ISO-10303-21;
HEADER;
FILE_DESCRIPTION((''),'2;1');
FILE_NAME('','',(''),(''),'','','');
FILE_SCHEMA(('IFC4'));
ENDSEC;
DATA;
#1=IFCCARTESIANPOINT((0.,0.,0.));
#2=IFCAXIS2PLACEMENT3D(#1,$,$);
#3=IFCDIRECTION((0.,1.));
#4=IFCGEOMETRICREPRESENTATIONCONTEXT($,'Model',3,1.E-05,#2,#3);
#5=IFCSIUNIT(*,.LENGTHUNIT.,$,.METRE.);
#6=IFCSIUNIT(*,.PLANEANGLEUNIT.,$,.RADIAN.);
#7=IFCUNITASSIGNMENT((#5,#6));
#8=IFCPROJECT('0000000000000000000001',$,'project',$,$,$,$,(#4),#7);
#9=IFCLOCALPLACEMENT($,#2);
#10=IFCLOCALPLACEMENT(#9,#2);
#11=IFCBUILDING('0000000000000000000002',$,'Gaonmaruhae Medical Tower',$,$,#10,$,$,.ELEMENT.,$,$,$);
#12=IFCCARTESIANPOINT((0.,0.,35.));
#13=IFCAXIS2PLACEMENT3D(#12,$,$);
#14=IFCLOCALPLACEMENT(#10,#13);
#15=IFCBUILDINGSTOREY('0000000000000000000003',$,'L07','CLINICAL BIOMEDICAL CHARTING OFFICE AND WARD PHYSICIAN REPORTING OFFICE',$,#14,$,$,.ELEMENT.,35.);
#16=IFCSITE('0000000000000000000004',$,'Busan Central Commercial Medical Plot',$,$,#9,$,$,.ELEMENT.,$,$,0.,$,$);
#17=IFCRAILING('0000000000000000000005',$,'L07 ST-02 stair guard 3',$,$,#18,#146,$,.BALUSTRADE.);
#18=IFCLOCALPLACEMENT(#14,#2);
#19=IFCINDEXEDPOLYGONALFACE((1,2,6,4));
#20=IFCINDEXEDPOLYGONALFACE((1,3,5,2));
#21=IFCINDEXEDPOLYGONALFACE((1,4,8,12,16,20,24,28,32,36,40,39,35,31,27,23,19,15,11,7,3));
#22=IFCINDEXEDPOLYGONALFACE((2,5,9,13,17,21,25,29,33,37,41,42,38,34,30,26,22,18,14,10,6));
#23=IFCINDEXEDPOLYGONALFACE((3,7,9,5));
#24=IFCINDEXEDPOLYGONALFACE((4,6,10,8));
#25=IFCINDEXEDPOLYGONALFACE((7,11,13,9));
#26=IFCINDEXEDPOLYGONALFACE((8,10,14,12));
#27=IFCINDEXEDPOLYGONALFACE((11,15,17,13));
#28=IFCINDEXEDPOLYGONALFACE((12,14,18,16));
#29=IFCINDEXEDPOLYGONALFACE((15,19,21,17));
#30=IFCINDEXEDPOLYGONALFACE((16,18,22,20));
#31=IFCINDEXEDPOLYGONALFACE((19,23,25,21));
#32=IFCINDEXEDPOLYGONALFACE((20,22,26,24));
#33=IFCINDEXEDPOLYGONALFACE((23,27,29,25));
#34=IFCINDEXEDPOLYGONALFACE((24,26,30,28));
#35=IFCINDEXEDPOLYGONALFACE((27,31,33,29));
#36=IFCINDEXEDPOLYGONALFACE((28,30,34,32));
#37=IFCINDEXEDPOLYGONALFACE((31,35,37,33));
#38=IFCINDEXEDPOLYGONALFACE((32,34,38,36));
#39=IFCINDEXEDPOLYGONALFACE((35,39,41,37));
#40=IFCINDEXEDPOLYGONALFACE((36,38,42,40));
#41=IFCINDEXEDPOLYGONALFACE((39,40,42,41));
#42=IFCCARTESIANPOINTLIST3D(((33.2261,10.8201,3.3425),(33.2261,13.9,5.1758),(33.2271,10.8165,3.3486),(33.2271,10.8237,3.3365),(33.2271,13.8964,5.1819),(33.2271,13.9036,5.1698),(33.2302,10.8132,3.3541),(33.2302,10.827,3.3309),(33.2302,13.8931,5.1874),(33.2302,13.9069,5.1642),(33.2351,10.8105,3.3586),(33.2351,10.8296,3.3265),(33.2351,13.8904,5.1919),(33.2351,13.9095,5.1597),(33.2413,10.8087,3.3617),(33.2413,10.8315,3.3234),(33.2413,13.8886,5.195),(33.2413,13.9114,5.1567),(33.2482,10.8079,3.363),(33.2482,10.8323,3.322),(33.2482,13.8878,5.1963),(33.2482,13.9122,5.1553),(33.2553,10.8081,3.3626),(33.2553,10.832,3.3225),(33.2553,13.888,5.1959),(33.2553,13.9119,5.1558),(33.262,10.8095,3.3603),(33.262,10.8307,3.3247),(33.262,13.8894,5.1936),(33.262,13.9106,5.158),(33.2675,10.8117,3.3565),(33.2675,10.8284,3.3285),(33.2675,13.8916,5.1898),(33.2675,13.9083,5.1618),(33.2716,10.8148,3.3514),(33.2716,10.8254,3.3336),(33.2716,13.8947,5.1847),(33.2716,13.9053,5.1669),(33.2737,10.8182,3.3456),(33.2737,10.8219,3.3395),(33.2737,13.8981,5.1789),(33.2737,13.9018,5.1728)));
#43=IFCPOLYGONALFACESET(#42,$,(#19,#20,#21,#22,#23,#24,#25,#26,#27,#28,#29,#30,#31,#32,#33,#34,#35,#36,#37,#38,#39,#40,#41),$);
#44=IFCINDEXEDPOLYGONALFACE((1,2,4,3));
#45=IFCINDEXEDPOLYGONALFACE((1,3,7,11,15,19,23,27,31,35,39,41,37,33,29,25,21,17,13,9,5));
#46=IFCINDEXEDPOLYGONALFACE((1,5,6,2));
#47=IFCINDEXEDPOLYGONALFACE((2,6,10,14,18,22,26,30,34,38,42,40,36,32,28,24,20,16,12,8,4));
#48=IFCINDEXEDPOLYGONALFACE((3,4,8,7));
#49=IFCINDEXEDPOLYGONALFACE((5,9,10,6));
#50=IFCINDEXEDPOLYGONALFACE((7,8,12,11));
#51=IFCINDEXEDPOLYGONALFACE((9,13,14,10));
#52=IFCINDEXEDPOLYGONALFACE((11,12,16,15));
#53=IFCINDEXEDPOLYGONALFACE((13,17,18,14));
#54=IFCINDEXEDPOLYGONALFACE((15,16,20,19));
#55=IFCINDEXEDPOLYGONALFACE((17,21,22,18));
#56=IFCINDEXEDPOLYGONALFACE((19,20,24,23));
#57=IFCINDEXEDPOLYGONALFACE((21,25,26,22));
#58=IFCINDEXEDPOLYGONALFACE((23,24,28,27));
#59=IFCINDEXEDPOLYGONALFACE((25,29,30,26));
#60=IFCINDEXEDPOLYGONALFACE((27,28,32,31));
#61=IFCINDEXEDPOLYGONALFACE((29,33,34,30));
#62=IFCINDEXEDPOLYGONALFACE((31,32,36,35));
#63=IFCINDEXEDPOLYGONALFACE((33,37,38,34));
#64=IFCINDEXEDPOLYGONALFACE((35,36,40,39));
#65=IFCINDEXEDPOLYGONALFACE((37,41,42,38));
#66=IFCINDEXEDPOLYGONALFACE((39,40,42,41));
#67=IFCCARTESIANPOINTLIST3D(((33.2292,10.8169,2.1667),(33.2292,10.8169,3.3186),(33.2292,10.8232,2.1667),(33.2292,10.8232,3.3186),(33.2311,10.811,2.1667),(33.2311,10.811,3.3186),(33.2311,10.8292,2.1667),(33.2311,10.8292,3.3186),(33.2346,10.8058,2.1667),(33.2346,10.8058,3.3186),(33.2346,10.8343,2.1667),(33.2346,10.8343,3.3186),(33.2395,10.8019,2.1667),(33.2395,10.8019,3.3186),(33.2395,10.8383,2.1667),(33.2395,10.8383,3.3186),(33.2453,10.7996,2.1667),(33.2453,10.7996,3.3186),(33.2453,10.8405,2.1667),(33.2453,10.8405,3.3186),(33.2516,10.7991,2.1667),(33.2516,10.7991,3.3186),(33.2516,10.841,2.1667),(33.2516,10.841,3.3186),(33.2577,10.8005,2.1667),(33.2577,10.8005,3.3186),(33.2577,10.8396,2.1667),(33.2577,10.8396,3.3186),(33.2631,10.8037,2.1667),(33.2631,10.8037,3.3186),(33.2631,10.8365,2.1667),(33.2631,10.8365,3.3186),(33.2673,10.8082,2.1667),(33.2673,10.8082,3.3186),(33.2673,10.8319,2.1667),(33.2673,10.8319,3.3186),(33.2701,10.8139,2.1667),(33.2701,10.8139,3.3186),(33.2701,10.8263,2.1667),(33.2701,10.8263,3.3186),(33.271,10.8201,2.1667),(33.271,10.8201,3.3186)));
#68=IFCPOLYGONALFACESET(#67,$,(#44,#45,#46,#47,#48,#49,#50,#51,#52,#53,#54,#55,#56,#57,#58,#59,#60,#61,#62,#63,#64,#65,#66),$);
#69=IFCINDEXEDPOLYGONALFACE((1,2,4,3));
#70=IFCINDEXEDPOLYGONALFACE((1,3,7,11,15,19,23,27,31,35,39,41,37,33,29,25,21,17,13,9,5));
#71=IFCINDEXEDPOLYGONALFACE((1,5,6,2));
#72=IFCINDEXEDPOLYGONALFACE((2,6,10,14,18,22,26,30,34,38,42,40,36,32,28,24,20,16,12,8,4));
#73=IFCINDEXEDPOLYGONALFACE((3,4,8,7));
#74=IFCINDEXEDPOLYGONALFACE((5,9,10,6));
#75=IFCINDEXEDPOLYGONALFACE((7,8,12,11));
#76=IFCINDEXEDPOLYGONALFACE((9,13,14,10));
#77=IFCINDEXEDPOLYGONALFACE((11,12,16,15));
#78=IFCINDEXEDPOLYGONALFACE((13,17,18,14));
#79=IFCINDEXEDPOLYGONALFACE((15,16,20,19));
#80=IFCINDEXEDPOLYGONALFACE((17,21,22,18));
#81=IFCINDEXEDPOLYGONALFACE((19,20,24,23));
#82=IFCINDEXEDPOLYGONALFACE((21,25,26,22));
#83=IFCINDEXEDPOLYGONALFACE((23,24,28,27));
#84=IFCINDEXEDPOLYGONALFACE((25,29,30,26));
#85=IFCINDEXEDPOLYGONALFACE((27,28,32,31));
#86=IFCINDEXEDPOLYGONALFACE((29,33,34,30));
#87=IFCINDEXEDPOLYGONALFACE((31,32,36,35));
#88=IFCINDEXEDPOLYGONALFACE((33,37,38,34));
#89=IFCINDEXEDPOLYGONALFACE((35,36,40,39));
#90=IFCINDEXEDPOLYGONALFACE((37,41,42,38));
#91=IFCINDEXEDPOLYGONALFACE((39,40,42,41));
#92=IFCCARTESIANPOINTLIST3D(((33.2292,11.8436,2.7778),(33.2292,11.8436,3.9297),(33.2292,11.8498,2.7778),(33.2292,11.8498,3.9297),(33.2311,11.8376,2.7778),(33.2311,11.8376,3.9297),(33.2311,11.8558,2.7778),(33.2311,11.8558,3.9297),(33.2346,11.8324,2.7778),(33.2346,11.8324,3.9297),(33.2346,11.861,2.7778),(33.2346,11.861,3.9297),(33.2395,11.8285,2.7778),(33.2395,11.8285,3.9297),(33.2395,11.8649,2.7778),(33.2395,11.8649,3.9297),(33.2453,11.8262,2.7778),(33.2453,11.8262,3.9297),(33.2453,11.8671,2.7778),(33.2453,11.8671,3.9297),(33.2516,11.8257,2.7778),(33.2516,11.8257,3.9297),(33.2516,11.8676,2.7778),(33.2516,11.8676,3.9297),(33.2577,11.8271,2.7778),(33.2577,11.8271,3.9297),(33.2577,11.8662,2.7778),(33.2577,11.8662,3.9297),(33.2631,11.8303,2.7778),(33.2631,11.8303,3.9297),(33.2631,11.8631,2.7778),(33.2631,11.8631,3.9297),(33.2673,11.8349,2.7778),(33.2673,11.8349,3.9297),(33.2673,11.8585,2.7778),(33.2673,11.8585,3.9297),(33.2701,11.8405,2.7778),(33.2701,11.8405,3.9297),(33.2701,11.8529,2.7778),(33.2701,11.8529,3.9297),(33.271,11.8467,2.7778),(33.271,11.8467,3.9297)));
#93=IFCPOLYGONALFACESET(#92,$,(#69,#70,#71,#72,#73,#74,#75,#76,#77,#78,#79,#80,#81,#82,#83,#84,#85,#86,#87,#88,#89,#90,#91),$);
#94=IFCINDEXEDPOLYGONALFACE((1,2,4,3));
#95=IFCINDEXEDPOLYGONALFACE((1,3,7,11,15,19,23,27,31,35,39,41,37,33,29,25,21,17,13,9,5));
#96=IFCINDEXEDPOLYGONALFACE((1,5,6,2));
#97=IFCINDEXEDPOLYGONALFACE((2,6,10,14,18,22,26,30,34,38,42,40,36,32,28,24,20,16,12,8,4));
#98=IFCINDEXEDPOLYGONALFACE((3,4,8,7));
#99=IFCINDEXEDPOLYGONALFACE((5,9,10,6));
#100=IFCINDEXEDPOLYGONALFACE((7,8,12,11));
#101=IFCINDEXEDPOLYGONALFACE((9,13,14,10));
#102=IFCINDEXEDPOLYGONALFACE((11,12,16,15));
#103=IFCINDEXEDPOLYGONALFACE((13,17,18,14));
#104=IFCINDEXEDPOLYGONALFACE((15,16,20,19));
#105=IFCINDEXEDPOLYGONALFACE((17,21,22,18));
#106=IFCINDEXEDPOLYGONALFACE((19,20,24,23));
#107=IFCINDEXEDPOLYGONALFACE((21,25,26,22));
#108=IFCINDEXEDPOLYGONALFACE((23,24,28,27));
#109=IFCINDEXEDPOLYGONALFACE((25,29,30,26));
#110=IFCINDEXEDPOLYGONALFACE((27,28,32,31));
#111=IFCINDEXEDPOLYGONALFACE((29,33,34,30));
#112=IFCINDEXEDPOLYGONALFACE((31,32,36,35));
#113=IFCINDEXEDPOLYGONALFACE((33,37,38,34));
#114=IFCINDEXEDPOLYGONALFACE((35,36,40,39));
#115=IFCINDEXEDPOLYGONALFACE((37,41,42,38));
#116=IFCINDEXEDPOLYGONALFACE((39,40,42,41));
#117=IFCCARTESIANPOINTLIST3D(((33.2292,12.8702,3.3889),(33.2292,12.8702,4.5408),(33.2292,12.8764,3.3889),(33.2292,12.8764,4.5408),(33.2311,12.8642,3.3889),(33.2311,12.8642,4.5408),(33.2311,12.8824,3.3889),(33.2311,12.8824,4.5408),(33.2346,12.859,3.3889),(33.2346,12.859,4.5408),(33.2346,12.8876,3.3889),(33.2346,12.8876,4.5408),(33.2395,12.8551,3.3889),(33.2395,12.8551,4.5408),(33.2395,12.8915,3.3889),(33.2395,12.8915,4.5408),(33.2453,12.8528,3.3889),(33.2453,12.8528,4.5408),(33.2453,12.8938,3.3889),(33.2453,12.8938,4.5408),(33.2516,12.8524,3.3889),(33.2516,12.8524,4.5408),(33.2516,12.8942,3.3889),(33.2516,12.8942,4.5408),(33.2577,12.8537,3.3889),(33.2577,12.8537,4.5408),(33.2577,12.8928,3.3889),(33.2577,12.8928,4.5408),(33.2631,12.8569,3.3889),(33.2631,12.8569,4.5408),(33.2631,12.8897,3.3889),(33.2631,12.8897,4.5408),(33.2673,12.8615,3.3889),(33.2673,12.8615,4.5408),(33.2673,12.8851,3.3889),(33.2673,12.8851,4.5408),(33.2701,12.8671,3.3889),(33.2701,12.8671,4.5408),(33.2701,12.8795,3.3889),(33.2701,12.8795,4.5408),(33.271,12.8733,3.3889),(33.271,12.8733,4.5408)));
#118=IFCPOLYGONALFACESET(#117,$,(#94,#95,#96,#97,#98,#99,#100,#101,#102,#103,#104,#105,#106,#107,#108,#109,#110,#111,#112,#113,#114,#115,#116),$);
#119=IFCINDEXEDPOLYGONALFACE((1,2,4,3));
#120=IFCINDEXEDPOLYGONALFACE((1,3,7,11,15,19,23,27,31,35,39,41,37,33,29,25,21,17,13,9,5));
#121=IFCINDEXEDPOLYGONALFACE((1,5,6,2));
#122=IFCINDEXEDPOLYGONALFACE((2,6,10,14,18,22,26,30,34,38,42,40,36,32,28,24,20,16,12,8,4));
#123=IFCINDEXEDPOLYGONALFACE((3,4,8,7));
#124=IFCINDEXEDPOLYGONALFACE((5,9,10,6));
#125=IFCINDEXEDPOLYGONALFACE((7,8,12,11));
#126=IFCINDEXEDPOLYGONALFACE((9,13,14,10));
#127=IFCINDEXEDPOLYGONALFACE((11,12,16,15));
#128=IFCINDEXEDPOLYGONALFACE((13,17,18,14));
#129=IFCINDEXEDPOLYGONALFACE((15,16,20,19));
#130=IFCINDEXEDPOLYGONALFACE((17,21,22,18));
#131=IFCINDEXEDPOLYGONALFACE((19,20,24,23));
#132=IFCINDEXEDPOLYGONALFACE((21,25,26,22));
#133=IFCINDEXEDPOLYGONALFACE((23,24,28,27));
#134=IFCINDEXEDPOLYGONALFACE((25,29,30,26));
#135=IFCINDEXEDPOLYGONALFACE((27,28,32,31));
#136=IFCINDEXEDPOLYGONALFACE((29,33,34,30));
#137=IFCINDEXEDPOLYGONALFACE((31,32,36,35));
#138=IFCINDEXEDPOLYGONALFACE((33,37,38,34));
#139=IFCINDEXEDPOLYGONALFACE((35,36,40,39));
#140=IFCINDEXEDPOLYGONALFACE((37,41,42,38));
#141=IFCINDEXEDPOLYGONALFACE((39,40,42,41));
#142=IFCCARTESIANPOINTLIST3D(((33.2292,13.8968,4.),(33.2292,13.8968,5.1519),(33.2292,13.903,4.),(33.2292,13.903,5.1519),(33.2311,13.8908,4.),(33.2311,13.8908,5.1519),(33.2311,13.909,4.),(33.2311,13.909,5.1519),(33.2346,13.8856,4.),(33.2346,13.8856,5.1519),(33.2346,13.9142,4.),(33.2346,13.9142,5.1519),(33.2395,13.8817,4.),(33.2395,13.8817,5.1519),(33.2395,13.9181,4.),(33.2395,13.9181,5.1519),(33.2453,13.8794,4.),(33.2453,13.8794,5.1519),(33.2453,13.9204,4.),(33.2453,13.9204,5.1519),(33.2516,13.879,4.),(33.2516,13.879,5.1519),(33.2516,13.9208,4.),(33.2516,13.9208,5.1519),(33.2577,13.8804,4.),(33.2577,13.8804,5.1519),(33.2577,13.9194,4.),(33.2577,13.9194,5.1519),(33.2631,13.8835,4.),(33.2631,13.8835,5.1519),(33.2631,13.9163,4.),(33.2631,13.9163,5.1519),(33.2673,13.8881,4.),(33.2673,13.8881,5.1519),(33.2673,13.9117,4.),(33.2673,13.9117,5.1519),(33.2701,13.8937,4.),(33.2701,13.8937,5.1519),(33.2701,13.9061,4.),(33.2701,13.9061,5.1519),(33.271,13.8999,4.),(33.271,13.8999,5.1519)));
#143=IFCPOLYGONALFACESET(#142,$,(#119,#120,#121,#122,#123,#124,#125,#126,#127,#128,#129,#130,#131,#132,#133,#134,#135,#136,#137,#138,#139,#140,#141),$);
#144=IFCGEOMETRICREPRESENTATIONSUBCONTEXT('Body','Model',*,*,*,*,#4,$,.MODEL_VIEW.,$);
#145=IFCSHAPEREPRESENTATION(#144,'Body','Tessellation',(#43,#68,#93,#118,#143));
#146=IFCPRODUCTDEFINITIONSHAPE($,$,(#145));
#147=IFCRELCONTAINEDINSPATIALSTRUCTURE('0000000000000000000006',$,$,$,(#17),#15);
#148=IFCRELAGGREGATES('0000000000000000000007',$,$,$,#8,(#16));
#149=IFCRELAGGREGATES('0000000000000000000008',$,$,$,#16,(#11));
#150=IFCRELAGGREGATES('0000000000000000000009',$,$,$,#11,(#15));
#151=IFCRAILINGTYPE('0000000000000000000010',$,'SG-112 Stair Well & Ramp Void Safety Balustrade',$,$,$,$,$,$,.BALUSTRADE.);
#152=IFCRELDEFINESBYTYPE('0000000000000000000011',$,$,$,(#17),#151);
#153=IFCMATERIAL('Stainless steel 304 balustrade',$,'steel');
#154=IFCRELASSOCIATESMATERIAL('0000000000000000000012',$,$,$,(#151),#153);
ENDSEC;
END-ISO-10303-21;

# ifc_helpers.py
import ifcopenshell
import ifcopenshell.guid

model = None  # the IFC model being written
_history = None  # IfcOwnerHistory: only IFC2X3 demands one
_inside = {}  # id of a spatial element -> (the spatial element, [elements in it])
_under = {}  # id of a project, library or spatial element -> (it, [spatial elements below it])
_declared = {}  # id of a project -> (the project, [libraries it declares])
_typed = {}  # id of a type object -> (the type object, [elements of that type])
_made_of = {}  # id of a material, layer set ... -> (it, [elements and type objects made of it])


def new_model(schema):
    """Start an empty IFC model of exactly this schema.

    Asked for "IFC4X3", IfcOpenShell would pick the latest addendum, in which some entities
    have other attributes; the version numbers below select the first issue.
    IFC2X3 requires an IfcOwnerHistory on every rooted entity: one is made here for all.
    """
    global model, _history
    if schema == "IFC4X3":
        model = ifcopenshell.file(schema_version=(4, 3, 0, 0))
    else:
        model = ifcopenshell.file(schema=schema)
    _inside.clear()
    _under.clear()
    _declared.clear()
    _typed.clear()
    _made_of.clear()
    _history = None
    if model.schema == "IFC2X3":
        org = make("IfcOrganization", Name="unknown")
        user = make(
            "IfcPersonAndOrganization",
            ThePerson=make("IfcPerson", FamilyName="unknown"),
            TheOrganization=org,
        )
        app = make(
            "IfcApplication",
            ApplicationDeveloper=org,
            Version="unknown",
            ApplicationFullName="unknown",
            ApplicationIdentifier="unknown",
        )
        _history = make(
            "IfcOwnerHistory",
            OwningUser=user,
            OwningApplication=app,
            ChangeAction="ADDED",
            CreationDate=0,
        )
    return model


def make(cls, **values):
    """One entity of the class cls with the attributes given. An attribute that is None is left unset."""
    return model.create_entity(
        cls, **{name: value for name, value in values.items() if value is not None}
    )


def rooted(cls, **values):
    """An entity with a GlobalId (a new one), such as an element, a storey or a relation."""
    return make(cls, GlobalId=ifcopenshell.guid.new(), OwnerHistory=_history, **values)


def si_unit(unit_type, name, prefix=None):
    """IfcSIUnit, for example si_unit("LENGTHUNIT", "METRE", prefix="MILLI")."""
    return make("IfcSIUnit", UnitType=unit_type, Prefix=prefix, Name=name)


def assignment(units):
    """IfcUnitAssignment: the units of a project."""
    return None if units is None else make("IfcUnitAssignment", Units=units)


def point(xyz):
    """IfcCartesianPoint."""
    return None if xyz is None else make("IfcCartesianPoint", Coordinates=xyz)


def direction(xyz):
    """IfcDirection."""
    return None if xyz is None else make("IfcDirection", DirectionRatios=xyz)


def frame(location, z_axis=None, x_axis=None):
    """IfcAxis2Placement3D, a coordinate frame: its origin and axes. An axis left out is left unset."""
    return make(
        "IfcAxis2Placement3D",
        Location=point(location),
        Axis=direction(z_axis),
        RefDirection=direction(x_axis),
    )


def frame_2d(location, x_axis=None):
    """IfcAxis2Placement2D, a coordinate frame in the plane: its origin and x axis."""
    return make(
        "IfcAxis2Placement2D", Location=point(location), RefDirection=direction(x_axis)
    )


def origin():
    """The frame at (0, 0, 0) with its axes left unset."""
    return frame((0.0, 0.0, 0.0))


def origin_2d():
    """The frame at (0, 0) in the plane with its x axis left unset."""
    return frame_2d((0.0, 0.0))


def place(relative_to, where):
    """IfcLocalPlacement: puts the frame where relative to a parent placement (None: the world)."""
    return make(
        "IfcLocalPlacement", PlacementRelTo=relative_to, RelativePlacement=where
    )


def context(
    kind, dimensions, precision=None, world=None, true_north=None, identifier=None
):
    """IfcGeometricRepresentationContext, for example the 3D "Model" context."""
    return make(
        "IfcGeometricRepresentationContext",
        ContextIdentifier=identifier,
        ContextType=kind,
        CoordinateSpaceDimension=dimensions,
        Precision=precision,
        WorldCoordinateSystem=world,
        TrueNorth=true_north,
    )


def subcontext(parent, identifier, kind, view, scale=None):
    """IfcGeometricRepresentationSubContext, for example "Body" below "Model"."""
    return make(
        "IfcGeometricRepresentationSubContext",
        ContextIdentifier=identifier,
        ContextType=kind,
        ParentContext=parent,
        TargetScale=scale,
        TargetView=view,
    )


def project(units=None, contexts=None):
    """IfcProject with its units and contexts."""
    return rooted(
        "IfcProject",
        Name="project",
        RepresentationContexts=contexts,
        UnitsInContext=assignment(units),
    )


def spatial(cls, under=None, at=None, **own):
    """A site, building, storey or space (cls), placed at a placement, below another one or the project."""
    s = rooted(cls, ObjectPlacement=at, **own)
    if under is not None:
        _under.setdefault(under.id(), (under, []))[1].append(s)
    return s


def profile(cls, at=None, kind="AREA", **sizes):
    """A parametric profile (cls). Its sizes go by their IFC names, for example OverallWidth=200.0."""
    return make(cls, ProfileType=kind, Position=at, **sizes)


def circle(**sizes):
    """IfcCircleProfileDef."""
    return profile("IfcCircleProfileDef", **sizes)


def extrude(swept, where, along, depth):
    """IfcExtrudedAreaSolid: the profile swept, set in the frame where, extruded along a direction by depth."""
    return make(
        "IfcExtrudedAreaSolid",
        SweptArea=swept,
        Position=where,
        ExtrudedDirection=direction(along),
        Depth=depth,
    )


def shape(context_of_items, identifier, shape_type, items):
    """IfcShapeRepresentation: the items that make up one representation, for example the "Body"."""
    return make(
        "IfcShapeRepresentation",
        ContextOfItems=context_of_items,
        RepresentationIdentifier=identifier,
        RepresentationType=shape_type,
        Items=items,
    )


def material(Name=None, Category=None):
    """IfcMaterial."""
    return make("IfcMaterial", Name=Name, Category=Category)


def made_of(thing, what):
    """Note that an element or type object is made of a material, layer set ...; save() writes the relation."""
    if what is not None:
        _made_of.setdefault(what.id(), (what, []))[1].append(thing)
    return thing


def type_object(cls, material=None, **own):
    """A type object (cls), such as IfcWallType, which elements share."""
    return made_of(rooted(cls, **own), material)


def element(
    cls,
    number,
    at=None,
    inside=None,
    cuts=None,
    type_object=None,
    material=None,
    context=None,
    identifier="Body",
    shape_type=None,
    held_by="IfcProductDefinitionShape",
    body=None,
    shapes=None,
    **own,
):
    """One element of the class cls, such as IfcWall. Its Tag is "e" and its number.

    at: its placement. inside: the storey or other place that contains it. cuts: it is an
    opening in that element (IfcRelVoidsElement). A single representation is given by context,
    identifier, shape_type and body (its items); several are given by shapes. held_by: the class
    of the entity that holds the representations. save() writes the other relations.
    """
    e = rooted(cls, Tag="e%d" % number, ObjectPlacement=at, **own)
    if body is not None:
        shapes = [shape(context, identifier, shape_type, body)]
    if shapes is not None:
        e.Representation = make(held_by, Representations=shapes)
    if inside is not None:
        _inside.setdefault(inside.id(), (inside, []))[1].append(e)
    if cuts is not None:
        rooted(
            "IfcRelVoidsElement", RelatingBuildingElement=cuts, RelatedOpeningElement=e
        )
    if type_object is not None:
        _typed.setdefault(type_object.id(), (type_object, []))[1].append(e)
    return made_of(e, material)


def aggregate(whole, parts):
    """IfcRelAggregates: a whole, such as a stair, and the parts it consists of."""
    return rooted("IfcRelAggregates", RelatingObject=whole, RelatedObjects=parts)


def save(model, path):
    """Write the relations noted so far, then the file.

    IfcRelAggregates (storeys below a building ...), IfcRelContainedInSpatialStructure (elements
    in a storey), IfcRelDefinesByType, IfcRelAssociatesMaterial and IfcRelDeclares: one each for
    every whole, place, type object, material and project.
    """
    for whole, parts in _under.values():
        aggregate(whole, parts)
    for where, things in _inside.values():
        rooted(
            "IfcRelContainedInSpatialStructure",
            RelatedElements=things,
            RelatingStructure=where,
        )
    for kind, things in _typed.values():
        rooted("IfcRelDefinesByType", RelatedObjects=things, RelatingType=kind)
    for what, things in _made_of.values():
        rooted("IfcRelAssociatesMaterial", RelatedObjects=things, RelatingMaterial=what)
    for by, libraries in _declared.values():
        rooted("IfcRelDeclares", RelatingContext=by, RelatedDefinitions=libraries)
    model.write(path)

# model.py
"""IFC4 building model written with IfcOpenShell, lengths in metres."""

from ifc_helpers import new_model, si_unit, direction, frame, origin, origin_2d, place, context, subcontext, project, spatial, circle, extrude, material, type_object, element, save


model = new_model("IFC4")

# Units and contexts
model_context = context("Model", 3, precision=1e-05, world=origin(), true_north=direction((0.0, 1.0)))
body_context = subcontext(model_context, "Body", "Model", "MODEL_VIEW")
ifc_project = project(units=[si_unit("LENGTHUNIT", "METRE"), si_unit("PLANEANGLEUNIT", "RADIAN")], contexts=[model_context])

# Site, building, storey
site_placement = place(None, origin())
site = spatial("IfcSite", under=ifc_project, at=site_placement, Name="Busan Central Commercial Medical Plot", CompositionType="ELEMENT", RefElevation=0.0)
building_placement = place(site_placement, origin())
building = spatial("IfcBuilding", under=site, at=building_placement, Name="Gaonmaruhae Medical Tower", CompositionType="ELEMENT")
storey_placement = place(building_placement, frame((0.0, 0.0, 35.0)))
storey = spatial("IfcBuildingStorey", under=building, at=storey_placement, Name="L07", Description="CLINICAL BIOMEDICAL CHARTING OFFICE AND WARD PHYSICIAN REPORTING OFFICE", CompositionType="ELEMENT", Elevation=35.0)

# Railing
ifc_material_1 = material(Name="Stainless steel 304 balustrade", Category="steel")
railing_type_1 = type_object("IfcRailingType", Name="SG-112 Stair Well & Ramp Void Safety Balustrade", PredefinedType="BALUSTRADE", material=ifc_material_1)
railing_1_placement = place(storey_placement, frame((33.25, 10.8201, 2.1667)))
element("IfcRailing", 1, at=railing_1_placement, inside=storey, type_object=railing_type_1, Name="L07 ST-02 stair guard 3", PredefinedType="BALUSTRADE", context=body_context, shape_type="SweptSolid", body=[
    extrude(circle(Radius=0.0239, at=origin_2d()), frame((0.0, 0.0, 1.1758), z_axis=(0.0, 0.859291, 0.511487), x_axis=(-1.0, 0.0, 0.0)), (0.0, 0.0, 1.0), 3.5842),
    extrude(circle(Radius=0.021, at=origin_2d()), origin(), (0.0, 0.0, 1.0), 1.1519),
    extrude(circle(Radius=0.021, at=origin_2d()), frame((0.0, 1.0266, 0.6111)), (0.0, 0.0, 1.0), 1.1519),
    extrude(circle(Radius=0.021, at=origin_2d()), frame((0.0, 2.0532, 1.2222)), (0.0, 0.0, 1.0), 1.1519),
    extrude(circle(Radius=0.021, at=origin_2d()), frame((0.0, 3.0798, 1.8333)), (0.0, 0.0, 1.0), 1.1519),
])

save(model, "model.ifc")
